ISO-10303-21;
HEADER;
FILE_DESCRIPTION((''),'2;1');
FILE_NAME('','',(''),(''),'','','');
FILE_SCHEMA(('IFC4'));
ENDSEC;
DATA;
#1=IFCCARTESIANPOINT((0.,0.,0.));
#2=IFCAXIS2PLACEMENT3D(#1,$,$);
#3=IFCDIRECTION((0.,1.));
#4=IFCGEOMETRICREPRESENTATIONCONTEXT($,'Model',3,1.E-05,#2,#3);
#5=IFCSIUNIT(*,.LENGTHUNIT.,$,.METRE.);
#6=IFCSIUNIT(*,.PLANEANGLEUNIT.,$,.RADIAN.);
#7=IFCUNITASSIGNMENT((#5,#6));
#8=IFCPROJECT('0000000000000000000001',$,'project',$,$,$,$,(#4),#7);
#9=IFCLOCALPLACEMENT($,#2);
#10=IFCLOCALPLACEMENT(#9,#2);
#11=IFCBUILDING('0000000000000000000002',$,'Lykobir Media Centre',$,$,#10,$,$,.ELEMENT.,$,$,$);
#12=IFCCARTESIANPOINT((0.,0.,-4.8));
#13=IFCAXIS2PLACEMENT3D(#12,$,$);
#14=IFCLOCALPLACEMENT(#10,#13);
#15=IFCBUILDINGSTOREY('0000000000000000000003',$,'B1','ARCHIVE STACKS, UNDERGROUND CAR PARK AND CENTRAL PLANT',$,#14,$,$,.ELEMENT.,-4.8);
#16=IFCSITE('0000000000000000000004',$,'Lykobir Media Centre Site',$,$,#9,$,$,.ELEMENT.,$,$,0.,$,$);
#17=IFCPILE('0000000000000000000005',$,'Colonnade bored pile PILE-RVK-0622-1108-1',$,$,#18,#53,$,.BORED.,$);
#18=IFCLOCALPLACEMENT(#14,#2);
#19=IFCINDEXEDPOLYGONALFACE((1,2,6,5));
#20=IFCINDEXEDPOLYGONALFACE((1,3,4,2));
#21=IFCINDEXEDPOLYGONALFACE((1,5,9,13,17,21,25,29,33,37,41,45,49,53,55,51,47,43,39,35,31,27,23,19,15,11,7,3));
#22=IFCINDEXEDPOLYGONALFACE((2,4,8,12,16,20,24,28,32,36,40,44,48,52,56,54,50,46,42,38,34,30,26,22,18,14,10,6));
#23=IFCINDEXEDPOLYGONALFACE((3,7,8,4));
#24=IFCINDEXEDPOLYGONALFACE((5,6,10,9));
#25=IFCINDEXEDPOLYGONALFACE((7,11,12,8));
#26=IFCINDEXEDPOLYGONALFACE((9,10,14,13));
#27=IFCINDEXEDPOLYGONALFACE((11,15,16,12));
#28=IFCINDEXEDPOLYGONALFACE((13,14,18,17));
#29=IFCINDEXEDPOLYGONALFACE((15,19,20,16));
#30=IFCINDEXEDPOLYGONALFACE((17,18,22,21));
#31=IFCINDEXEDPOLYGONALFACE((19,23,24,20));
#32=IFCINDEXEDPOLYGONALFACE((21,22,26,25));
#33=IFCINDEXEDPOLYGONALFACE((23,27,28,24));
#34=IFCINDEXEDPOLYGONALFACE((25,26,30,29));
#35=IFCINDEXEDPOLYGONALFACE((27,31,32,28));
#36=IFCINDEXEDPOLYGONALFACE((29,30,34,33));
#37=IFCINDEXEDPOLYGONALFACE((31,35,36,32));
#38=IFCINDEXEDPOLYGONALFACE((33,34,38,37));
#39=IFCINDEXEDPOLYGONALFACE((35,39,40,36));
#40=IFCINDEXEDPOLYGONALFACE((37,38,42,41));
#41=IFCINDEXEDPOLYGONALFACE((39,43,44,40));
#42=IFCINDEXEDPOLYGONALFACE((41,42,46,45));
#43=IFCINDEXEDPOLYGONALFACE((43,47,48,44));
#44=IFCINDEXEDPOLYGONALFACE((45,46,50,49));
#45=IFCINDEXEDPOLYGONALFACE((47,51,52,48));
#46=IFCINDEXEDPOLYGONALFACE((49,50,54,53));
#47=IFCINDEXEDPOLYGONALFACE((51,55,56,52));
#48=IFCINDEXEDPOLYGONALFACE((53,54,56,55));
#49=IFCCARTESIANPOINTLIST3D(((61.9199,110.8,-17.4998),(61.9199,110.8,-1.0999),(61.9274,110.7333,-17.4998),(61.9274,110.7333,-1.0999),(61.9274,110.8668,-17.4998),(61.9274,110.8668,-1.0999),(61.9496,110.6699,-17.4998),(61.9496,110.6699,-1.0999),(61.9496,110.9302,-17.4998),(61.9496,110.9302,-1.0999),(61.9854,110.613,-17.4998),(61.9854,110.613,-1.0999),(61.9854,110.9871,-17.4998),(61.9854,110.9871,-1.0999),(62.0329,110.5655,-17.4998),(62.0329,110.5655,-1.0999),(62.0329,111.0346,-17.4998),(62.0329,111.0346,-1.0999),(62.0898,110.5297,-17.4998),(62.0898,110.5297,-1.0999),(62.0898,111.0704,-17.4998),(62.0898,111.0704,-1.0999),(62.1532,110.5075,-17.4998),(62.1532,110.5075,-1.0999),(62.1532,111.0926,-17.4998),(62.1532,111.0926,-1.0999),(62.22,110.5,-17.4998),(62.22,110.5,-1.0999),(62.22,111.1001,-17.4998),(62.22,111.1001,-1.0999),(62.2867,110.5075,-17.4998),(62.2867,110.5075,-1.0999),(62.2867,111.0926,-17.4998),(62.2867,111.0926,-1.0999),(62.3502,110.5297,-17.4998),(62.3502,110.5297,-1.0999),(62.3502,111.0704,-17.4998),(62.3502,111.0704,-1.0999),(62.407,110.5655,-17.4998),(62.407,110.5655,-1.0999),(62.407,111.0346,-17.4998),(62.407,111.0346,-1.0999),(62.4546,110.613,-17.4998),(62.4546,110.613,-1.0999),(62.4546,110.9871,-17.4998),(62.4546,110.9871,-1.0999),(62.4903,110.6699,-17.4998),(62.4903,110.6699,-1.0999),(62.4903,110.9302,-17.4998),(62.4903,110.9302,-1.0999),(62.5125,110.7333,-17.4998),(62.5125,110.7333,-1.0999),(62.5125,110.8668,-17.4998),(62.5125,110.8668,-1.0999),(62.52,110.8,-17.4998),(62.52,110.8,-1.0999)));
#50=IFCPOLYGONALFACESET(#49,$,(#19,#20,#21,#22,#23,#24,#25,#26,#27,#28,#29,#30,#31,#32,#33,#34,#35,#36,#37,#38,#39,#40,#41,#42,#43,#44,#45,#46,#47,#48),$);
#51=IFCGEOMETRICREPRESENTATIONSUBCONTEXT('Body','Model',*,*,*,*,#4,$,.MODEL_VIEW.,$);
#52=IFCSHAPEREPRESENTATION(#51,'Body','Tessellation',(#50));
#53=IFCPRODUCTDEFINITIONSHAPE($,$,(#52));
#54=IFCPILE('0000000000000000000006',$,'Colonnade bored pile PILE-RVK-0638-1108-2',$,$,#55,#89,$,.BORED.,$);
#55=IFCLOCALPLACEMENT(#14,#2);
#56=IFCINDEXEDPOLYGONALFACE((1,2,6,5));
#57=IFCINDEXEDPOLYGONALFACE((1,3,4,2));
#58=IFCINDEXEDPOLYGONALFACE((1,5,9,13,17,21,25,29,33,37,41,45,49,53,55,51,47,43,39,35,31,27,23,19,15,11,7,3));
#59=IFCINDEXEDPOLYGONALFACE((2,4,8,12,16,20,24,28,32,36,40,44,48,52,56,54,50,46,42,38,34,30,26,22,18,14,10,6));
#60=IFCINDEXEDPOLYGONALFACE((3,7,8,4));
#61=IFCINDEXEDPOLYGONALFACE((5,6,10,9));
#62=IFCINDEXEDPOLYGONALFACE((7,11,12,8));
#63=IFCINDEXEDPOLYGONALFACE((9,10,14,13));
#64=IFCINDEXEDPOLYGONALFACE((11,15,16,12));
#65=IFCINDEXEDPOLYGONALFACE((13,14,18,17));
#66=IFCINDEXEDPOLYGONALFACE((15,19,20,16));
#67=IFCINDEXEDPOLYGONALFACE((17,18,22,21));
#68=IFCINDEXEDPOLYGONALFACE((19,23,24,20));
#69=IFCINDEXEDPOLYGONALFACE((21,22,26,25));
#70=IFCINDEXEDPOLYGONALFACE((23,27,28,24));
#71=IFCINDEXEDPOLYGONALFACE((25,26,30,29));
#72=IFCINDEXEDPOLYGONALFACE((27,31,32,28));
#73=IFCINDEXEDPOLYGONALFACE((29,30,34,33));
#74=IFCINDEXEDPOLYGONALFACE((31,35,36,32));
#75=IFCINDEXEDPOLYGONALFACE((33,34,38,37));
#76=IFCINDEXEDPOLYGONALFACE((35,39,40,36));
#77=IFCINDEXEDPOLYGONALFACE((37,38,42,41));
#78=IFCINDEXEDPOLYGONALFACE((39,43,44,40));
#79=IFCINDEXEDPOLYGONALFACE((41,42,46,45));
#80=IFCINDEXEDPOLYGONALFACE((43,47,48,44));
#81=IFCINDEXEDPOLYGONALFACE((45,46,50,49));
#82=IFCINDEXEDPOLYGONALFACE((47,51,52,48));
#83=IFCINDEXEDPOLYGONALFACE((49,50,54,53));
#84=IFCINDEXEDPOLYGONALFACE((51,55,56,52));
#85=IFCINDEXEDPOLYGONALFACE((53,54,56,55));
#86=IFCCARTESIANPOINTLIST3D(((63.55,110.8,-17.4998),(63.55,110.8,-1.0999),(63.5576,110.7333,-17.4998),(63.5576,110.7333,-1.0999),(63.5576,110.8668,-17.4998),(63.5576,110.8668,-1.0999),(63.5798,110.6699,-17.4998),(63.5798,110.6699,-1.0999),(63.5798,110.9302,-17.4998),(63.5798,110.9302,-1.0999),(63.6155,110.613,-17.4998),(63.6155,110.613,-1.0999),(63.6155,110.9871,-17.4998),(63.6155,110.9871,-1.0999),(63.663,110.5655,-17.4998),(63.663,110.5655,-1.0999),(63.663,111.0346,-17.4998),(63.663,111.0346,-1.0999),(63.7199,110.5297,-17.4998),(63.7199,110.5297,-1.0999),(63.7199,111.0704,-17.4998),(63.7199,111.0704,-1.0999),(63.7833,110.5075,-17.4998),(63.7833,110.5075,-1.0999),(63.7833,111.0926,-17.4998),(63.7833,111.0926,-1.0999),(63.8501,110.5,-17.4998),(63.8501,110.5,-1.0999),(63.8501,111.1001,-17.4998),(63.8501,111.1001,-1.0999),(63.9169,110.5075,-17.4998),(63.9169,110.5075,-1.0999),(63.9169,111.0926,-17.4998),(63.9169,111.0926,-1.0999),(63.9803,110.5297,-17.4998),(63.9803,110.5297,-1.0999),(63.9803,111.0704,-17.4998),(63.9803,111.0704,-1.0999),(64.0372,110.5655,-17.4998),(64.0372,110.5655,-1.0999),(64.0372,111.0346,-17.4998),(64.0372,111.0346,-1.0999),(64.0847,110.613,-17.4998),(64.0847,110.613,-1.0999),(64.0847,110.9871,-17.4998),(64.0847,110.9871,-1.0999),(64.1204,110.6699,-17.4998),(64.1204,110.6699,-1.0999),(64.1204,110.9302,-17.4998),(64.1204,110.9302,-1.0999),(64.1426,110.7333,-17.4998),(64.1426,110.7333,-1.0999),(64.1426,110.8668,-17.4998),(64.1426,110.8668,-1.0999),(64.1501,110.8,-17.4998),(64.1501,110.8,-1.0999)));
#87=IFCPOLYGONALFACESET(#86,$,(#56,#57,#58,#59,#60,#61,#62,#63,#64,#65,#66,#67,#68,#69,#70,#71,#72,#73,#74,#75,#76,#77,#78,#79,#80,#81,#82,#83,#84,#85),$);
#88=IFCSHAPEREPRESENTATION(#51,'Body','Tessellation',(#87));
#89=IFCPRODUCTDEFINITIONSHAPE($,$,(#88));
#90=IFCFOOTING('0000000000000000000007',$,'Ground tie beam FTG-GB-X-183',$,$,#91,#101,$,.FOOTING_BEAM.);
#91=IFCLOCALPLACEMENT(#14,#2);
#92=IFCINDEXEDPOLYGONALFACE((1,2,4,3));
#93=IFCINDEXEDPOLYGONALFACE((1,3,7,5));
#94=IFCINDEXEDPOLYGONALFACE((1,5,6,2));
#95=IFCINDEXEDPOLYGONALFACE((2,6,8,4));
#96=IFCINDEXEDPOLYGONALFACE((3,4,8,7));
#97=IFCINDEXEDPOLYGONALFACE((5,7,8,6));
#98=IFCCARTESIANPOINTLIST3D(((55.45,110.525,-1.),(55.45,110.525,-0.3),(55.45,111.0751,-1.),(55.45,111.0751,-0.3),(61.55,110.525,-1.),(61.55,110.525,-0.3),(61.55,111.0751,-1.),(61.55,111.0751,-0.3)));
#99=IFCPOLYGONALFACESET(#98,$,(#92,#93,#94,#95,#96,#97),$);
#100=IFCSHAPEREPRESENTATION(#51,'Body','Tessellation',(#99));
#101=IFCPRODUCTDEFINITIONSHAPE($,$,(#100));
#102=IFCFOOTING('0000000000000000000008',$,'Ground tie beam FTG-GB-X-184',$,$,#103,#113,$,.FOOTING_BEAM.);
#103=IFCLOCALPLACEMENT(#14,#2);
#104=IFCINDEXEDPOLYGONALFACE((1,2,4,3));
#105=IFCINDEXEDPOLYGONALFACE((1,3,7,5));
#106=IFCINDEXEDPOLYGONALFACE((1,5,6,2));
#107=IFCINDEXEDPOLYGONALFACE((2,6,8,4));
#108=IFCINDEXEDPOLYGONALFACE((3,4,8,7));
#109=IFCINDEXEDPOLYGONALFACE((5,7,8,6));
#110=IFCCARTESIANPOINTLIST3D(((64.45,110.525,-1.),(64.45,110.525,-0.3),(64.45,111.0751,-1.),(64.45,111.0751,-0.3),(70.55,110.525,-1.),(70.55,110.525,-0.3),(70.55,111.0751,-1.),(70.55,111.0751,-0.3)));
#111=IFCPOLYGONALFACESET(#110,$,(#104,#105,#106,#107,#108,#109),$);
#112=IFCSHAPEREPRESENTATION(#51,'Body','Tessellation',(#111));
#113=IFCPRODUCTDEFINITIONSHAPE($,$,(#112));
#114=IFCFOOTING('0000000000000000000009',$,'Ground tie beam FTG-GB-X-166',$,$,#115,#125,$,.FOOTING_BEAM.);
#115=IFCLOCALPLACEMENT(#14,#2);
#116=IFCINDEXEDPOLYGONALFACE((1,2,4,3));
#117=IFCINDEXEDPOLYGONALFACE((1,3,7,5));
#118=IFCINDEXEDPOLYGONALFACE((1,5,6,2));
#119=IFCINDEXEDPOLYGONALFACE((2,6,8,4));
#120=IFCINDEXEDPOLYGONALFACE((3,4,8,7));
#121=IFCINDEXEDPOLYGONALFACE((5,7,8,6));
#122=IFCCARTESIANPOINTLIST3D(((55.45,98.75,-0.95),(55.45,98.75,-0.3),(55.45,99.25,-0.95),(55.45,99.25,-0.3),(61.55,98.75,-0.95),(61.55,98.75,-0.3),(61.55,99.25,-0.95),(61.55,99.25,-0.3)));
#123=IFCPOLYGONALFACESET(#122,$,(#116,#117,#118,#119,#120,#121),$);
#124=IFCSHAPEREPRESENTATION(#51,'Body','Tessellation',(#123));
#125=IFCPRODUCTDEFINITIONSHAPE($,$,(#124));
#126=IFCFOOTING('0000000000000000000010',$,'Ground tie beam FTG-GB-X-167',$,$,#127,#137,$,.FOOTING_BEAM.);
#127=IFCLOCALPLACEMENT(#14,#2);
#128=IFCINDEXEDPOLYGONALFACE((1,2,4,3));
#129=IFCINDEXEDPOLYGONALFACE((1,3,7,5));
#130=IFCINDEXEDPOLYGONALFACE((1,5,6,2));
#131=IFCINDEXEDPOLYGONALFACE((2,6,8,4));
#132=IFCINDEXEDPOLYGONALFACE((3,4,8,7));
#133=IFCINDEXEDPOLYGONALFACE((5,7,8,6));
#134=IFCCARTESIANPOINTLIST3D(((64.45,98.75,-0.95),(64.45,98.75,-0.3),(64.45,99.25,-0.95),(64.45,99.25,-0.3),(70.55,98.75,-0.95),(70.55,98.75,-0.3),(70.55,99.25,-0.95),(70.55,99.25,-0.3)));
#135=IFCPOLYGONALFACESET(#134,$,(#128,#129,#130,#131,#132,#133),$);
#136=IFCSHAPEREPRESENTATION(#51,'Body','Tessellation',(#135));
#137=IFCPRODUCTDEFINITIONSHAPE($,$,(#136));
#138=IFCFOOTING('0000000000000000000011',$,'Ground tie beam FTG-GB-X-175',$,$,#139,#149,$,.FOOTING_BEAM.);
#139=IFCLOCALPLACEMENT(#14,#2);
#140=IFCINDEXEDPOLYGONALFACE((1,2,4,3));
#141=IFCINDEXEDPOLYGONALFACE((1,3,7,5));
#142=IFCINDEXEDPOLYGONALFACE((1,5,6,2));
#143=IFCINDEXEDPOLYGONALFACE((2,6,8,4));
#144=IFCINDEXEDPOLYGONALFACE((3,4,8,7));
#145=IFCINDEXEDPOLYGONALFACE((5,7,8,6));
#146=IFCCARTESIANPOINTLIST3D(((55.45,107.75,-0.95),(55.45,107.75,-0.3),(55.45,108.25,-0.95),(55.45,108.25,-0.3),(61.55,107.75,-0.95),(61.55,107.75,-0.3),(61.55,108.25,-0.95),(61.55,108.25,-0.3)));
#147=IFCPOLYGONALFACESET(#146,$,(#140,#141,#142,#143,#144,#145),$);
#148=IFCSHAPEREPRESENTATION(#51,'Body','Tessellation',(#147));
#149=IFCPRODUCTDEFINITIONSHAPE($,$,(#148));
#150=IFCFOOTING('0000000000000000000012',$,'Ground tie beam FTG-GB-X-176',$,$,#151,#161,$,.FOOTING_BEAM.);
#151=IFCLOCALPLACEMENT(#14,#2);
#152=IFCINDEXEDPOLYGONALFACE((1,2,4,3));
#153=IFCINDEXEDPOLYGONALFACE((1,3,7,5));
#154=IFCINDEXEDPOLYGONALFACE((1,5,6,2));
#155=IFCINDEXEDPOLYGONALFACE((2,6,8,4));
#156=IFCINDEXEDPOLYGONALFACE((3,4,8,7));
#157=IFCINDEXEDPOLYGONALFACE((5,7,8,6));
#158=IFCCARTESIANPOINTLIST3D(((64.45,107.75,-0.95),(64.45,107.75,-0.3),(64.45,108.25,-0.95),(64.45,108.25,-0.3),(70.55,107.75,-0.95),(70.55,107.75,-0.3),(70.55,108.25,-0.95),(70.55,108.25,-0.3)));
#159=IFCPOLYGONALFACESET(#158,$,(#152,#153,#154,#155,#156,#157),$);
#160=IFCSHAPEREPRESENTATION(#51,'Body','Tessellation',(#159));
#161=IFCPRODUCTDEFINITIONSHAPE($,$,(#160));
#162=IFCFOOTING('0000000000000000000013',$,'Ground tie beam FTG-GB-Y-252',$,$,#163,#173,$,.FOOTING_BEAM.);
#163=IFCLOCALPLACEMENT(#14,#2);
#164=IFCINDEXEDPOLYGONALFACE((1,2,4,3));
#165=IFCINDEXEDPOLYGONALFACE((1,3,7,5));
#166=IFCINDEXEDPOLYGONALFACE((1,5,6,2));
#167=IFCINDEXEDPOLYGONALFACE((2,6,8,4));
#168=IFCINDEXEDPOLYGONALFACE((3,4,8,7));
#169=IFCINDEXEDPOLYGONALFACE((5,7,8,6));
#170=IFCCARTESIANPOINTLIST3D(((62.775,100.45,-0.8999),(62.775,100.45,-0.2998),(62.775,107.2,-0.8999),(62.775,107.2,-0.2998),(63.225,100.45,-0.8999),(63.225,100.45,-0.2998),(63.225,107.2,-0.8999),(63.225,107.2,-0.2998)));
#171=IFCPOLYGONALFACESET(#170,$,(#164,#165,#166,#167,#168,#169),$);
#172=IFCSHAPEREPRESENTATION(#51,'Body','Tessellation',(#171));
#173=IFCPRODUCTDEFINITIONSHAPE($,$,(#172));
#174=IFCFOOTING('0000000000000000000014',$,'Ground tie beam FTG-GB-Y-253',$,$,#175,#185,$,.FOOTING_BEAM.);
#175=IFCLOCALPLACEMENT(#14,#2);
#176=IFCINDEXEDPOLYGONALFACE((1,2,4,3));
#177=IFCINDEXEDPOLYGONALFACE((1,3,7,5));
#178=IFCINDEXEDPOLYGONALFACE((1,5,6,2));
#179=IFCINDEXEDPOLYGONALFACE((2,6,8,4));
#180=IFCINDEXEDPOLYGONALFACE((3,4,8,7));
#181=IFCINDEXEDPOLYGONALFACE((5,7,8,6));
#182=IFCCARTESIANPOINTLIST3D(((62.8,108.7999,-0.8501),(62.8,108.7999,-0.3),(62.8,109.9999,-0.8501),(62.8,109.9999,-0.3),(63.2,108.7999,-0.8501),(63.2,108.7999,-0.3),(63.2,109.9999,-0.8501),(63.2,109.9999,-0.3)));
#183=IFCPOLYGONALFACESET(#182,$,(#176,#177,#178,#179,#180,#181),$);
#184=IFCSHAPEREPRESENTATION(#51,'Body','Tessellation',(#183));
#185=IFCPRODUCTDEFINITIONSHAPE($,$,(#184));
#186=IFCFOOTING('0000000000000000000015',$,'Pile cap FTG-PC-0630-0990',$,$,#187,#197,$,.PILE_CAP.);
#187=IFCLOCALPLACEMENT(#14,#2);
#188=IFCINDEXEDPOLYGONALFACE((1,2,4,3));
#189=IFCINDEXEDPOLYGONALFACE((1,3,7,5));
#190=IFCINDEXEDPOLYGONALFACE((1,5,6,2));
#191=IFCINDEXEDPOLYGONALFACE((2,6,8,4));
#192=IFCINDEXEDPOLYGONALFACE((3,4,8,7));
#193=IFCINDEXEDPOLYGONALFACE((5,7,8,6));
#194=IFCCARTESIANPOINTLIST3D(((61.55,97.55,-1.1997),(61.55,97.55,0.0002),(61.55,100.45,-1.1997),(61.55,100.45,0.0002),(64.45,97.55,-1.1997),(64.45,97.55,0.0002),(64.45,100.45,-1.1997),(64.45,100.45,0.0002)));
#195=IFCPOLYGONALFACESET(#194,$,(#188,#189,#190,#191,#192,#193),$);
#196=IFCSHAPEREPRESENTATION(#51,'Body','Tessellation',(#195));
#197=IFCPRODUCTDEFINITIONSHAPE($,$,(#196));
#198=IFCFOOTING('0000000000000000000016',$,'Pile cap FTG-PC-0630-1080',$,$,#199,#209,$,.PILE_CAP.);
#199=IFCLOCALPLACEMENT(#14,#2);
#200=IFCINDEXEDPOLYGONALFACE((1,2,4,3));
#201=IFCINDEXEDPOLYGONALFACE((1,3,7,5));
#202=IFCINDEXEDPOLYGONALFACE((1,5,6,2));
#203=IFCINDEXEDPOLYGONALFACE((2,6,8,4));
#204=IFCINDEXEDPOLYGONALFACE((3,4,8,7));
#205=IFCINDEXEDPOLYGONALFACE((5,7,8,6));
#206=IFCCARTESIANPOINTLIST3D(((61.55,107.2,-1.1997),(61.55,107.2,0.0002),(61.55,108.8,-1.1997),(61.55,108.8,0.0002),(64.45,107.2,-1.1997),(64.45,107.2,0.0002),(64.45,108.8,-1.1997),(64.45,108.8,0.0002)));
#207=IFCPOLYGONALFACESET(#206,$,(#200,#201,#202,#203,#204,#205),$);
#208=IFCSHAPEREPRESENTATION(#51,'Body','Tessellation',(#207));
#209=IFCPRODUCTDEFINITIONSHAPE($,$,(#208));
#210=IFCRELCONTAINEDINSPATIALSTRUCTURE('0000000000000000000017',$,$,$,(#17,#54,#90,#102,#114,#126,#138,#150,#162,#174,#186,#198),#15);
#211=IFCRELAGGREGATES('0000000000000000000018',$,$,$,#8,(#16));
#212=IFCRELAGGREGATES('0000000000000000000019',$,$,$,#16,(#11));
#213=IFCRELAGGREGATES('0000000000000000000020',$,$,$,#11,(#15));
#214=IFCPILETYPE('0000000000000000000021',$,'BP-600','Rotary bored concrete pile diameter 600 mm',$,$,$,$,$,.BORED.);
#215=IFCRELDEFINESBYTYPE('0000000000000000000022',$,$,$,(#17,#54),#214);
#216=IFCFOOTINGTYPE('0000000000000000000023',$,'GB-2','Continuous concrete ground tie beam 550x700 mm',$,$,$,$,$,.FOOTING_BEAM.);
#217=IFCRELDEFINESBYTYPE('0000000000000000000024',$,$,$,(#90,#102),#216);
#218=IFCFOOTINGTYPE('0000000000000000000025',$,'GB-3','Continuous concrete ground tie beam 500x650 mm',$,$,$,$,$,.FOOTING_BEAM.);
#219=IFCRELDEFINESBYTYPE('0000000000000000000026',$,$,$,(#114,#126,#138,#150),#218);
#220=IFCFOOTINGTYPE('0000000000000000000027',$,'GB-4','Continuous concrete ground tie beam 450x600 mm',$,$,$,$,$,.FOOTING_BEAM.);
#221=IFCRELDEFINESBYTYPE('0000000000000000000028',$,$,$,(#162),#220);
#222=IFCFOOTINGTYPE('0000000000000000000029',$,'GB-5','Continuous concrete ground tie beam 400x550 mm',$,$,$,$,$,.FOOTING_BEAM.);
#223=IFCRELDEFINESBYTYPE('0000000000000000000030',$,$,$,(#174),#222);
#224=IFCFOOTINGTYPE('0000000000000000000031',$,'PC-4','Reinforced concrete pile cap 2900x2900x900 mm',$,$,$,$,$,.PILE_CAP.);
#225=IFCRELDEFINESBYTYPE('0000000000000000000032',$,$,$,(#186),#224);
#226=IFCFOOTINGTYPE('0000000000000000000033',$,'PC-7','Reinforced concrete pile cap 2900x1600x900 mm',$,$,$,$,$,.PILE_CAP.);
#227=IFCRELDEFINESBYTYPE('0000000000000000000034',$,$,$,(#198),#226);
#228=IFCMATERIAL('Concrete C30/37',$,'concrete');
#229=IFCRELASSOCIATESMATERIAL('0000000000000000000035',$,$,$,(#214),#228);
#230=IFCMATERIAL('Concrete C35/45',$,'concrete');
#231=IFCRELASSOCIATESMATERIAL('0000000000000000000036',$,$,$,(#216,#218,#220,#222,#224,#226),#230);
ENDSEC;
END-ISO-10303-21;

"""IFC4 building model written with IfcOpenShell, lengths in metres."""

from ifc_helpers import new_model, si_unit, direction, frame, origin, origin_2d, place, context, subcontext, project, spatial, rectangle, circle, extrude, material, material_profile, profile_set, type_object, element, save


model = new_model("IFC4")

# Units and contexts
model_context = context("Model", 3, precision=1e-05, world=origin(), true_north=direction((0.0, 1.0)))
body_context = subcontext(model_context, "Body", "Model", "MODEL_VIEW")
ifc_project = project(units=[si_unit("LENGTHUNIT", "METRE"), si_unit("PLANEANGLEUNIT", "RADIAN")], contexts=[model_context])

# Site, building, storey
site_placement = place(None, origin())
site = spatial("IfcSite", under=ifc_project, at=site_placement, Name="Lykobir Media Centre Site", CompositionType="ELEMENT", RefElevation=0.0)
building_placement = place(site_placement, origin())
building = spatial("IfcBuilding", under=site, at=building_placement, Name="Lykobir Media Centre", CompositionType="ELEMENT")
storey_placement = place(building_placement, frame((0.0, 0.0, -4.8)))
storey = spatial("IfcBuildingStorey", under=building, at=storey_placement, Name="B1", Description="ARCHIVE STACKS, UNDERGROUND CAR PARK AND CENTRAL PLANT", CompositionType="ELEMENT", Elevation=-4.8)

# Piles
ifc_material_1 = material(Name="Concrete C30/37", Category="concrete")
ifc_material_profile_1 = material_profile(ifc_material_1, circle(Radius=0.3, at=origin_2d()), Name="BORED PILE D600")
ifc_profile_set_1 = profile_set([ifc_material_profile_1], Name="Concrete C30/37")
pile_type = type_object("IfcPileType", Name="BP-600", Description="Rotary bored concrete pile diameter 600 mm", PredefinedType="BORED", material=ifc_profile_set_1)
for number, where, z_axis, x_axis, name in (
    (1, (62.22, 110.8, -1.0999), (0.0, 0.0, -1.0), (1.0, 0.0, 0.0), "Colonnade bored pile PILE-RVK-0622-1108-1"),
    (2, (63.8501, 110.8, -1.0999), (0.0, 0.0, -1.0), (1.0, 0.0, 0.0), "Colonnade bored pile PILE-RVK-0638-1108-2"),
):
    element("IfcPile", number, at=place(storey_placement, frame(where, z_axis=z_axis, x_axis=x_axis)), inside=storey, type_object=pile_type, Name=name, PredefinedType="BORED", context=body_context, shape_type="SweptSolid", body=[
        extrude(circle(Radius=0.3, at=origin_2d()), origin(), (0.0, 0.0, 1.0), 16.3999),
    ])

# Footings
ifc_material_2 = material(Name="Concrete C35/45", Category="concrete")
footing_type_1 = type_object("IfcFootingType", Name="GB-2", Description="Continuous concrete ground tie beam 550x700 mm", PredefinedType="FOOTING_BEAM", material=ifc_material_2)
for number, where, z_axis, x_axis, name in (
    (3, (58.5, 110.8, -1.0), (0.0, 0.0, 1.0), (1.0, 0.0, 0.0), "Ground tie beam FTG-GB-X-183"),
    (4, (67.5, 110.8, -1.0), (0.0, 0.0, 1.0), (1.0, 0.0, 0.0), "Ground tie beam FTG-GB-X-184"),
):
    element("IfcFooting", number, at=place(storey_placement, frame(where, z_axis=z_axis, x_axis=x_axis)), inside=storey, type_object=footing_type_1, Name=name, PredefinedType="FOOTING_BEAM", context=body_context, shape_type="SweptSolid", body=[
        extrude(rectangle(XDim=6.1001, YDim=0.55, at=origin_2d()), origin(), (0.0, 0.0, 1.0), 0.7),
    ])
footing_type_2 = type_object("IfcFootingType", Name="GB-3", Description="Continuous concrete ground tie beam 500x650 mm", PredefinedType="FOOTING_BEAM", material=ifc_material_2)
for number, where, z_axis, x_axis, name in (
    (5, (58.5, 99.0, -0.95), (0.0, 0.0, 1.0), (1.0, 0.0, 0.0), "Ground tie beam FTG-GB-X-166"),
    (6, (67.5, 99.0, -0.95), (0.0, 0.0, 1.0), (1.0, 0.0, 0.0), "Ground tie beam FTG-GB-X-167"),
    (7, (58.5, 108.0, -0.95), (0.0, 0.0, 1.0), (1.0, 0.0, 0.0), "Ground tie beam FTG-GB-X-175"),
    (8, (67.5, 108.0, -0.95), (0.0, 0.0, 1.0), (1.0, 0.0, 0.0), "Ground tie beam FTG-GB-X-176"),
):
    element("IfcFooting", number, at=place(storey_placement, frame(where, z_axis=z_axis, x_axis=x_axis)), inside=storey, type_object=footing_type_2, Name=name, PredefinedType="FOOTING_BEAM", context=body_context, shape_type="SweptSolid", body=[
        extrude(rectangle(XDim=6.1001, YDim=0.5, at=origin_2d()), origin(), (0.0, 0.0, 1.0), 0.6499),
    ])
footing_type_3 = type_object("IfcFootingType", Name="GB-4", Description="Continuous concrete ground tie beam 450x600 mm", PredefinedType="FOOTING_BEAM", material=ifc_material_2)
footing_1_placement = place(storey_placement, frame((63.0, 103.825, -0.8999), z_axis=(0.0, 0.0, 1.0), x_axis=(0.0, 1.0, 0.0)))
element("IfcFooting", 9, at=footing_1_placement, inside=storey, type_object=footing_type_3, Name="Ground tie beam FTG-GB-Y-252", PredefinedType="FOOTING_BEAM", context=body_context, shape_type="SweptSolid", body=[
    extrude(rectangle(XDim=6.75, YDim=0.45, at=origin_2d()), origin(), (0.0, 0.0, 1.0), 0.6001),
])
footing_type_4 = type_object("IfcFootingType", Name="GB-5", Description="Continuous concrete ground tie beam 400x550 mm", PredefinedType="FOOTING_BEAM", material=ifc_material_2)
footing_2_placement = place(storey_placement, frame((63.0, 109.3999, -0.8501), z_axis=(0.0, 0.0, 1.0), x_axis=(0.0, 1.0, 0.0)))
element("IfcFooting", 10, at=footing_2_placement, inside=storey, type_object=footing_type_4, Name="Ground tie beam FTG-GB-Y-253", PredefinedType="FOOTING_BEAM", context=body_context, shape_type="SweptSolid", body=[
    extrude(rectangle(XDim=1.2, YDim=0.3999, at=origin_2d()), origin(), (0.0, 0.0, 1.0), 0.55),
])
footing_type_5 = type_object("IfcFootingType", Name="PC-4", Description="Reinforced concrete pile cap 2900x2900x900 mm", PredefinedType="PILE_CAP", material=ifc_material_2)
footing_3_placement = place(storey_placement, frame((63.0, 99.0, -1.1997), z_axis=(0.0, 0.0, 1.0), x_axis=(1.0, 0.0, 0.0)))
element("IfcFooting", 11, at=footing_3_placement, inside=storey, type_object=footing_type_5, Name="Pile cap FTG-PC-0630-0990", PredefinedType="PILE_CAP", context=body_context, shape_type="SweptSolid", body=[
    extrude(rectangle(XDim=2.8999, YDim=2.8999, at=origin_2d()), origin(), (0.0, 0.0, 1.0), 1.2),
])
footing_type_6 = type_object("IfcFootingType", Name="PC-7", Description="Reinforced concrete pile cap 2900x1600x900 mm", PredefinedType="PILE_CAP", material=ifc_material_2)
for number, where, z_axis, x_axis, name in (
    (12, (63.0, 108.0, -1.1997), (0.0, 0.0, 1.0), (1.0, 0.0, 0.0), "Pile cap FTG-PC-0630-1080"),
):
    element("IfcFooting", number, at=place(storey_placement, frame(where, z_axis=z_axis, x_axis=x_axis)), inside=storey, type_object=footing_type_6, Name=name, PredefinedType="PILE_CAP", context=body_context, shape_type="SweptSolid", body=[
        extrude(rectangle(XDim=2.8999, YDim=1.6001, at=origin_2d()), origin(), (0.0, 0.0, 1.0), 1.2),
    ])

save(model, "model.ifc")
